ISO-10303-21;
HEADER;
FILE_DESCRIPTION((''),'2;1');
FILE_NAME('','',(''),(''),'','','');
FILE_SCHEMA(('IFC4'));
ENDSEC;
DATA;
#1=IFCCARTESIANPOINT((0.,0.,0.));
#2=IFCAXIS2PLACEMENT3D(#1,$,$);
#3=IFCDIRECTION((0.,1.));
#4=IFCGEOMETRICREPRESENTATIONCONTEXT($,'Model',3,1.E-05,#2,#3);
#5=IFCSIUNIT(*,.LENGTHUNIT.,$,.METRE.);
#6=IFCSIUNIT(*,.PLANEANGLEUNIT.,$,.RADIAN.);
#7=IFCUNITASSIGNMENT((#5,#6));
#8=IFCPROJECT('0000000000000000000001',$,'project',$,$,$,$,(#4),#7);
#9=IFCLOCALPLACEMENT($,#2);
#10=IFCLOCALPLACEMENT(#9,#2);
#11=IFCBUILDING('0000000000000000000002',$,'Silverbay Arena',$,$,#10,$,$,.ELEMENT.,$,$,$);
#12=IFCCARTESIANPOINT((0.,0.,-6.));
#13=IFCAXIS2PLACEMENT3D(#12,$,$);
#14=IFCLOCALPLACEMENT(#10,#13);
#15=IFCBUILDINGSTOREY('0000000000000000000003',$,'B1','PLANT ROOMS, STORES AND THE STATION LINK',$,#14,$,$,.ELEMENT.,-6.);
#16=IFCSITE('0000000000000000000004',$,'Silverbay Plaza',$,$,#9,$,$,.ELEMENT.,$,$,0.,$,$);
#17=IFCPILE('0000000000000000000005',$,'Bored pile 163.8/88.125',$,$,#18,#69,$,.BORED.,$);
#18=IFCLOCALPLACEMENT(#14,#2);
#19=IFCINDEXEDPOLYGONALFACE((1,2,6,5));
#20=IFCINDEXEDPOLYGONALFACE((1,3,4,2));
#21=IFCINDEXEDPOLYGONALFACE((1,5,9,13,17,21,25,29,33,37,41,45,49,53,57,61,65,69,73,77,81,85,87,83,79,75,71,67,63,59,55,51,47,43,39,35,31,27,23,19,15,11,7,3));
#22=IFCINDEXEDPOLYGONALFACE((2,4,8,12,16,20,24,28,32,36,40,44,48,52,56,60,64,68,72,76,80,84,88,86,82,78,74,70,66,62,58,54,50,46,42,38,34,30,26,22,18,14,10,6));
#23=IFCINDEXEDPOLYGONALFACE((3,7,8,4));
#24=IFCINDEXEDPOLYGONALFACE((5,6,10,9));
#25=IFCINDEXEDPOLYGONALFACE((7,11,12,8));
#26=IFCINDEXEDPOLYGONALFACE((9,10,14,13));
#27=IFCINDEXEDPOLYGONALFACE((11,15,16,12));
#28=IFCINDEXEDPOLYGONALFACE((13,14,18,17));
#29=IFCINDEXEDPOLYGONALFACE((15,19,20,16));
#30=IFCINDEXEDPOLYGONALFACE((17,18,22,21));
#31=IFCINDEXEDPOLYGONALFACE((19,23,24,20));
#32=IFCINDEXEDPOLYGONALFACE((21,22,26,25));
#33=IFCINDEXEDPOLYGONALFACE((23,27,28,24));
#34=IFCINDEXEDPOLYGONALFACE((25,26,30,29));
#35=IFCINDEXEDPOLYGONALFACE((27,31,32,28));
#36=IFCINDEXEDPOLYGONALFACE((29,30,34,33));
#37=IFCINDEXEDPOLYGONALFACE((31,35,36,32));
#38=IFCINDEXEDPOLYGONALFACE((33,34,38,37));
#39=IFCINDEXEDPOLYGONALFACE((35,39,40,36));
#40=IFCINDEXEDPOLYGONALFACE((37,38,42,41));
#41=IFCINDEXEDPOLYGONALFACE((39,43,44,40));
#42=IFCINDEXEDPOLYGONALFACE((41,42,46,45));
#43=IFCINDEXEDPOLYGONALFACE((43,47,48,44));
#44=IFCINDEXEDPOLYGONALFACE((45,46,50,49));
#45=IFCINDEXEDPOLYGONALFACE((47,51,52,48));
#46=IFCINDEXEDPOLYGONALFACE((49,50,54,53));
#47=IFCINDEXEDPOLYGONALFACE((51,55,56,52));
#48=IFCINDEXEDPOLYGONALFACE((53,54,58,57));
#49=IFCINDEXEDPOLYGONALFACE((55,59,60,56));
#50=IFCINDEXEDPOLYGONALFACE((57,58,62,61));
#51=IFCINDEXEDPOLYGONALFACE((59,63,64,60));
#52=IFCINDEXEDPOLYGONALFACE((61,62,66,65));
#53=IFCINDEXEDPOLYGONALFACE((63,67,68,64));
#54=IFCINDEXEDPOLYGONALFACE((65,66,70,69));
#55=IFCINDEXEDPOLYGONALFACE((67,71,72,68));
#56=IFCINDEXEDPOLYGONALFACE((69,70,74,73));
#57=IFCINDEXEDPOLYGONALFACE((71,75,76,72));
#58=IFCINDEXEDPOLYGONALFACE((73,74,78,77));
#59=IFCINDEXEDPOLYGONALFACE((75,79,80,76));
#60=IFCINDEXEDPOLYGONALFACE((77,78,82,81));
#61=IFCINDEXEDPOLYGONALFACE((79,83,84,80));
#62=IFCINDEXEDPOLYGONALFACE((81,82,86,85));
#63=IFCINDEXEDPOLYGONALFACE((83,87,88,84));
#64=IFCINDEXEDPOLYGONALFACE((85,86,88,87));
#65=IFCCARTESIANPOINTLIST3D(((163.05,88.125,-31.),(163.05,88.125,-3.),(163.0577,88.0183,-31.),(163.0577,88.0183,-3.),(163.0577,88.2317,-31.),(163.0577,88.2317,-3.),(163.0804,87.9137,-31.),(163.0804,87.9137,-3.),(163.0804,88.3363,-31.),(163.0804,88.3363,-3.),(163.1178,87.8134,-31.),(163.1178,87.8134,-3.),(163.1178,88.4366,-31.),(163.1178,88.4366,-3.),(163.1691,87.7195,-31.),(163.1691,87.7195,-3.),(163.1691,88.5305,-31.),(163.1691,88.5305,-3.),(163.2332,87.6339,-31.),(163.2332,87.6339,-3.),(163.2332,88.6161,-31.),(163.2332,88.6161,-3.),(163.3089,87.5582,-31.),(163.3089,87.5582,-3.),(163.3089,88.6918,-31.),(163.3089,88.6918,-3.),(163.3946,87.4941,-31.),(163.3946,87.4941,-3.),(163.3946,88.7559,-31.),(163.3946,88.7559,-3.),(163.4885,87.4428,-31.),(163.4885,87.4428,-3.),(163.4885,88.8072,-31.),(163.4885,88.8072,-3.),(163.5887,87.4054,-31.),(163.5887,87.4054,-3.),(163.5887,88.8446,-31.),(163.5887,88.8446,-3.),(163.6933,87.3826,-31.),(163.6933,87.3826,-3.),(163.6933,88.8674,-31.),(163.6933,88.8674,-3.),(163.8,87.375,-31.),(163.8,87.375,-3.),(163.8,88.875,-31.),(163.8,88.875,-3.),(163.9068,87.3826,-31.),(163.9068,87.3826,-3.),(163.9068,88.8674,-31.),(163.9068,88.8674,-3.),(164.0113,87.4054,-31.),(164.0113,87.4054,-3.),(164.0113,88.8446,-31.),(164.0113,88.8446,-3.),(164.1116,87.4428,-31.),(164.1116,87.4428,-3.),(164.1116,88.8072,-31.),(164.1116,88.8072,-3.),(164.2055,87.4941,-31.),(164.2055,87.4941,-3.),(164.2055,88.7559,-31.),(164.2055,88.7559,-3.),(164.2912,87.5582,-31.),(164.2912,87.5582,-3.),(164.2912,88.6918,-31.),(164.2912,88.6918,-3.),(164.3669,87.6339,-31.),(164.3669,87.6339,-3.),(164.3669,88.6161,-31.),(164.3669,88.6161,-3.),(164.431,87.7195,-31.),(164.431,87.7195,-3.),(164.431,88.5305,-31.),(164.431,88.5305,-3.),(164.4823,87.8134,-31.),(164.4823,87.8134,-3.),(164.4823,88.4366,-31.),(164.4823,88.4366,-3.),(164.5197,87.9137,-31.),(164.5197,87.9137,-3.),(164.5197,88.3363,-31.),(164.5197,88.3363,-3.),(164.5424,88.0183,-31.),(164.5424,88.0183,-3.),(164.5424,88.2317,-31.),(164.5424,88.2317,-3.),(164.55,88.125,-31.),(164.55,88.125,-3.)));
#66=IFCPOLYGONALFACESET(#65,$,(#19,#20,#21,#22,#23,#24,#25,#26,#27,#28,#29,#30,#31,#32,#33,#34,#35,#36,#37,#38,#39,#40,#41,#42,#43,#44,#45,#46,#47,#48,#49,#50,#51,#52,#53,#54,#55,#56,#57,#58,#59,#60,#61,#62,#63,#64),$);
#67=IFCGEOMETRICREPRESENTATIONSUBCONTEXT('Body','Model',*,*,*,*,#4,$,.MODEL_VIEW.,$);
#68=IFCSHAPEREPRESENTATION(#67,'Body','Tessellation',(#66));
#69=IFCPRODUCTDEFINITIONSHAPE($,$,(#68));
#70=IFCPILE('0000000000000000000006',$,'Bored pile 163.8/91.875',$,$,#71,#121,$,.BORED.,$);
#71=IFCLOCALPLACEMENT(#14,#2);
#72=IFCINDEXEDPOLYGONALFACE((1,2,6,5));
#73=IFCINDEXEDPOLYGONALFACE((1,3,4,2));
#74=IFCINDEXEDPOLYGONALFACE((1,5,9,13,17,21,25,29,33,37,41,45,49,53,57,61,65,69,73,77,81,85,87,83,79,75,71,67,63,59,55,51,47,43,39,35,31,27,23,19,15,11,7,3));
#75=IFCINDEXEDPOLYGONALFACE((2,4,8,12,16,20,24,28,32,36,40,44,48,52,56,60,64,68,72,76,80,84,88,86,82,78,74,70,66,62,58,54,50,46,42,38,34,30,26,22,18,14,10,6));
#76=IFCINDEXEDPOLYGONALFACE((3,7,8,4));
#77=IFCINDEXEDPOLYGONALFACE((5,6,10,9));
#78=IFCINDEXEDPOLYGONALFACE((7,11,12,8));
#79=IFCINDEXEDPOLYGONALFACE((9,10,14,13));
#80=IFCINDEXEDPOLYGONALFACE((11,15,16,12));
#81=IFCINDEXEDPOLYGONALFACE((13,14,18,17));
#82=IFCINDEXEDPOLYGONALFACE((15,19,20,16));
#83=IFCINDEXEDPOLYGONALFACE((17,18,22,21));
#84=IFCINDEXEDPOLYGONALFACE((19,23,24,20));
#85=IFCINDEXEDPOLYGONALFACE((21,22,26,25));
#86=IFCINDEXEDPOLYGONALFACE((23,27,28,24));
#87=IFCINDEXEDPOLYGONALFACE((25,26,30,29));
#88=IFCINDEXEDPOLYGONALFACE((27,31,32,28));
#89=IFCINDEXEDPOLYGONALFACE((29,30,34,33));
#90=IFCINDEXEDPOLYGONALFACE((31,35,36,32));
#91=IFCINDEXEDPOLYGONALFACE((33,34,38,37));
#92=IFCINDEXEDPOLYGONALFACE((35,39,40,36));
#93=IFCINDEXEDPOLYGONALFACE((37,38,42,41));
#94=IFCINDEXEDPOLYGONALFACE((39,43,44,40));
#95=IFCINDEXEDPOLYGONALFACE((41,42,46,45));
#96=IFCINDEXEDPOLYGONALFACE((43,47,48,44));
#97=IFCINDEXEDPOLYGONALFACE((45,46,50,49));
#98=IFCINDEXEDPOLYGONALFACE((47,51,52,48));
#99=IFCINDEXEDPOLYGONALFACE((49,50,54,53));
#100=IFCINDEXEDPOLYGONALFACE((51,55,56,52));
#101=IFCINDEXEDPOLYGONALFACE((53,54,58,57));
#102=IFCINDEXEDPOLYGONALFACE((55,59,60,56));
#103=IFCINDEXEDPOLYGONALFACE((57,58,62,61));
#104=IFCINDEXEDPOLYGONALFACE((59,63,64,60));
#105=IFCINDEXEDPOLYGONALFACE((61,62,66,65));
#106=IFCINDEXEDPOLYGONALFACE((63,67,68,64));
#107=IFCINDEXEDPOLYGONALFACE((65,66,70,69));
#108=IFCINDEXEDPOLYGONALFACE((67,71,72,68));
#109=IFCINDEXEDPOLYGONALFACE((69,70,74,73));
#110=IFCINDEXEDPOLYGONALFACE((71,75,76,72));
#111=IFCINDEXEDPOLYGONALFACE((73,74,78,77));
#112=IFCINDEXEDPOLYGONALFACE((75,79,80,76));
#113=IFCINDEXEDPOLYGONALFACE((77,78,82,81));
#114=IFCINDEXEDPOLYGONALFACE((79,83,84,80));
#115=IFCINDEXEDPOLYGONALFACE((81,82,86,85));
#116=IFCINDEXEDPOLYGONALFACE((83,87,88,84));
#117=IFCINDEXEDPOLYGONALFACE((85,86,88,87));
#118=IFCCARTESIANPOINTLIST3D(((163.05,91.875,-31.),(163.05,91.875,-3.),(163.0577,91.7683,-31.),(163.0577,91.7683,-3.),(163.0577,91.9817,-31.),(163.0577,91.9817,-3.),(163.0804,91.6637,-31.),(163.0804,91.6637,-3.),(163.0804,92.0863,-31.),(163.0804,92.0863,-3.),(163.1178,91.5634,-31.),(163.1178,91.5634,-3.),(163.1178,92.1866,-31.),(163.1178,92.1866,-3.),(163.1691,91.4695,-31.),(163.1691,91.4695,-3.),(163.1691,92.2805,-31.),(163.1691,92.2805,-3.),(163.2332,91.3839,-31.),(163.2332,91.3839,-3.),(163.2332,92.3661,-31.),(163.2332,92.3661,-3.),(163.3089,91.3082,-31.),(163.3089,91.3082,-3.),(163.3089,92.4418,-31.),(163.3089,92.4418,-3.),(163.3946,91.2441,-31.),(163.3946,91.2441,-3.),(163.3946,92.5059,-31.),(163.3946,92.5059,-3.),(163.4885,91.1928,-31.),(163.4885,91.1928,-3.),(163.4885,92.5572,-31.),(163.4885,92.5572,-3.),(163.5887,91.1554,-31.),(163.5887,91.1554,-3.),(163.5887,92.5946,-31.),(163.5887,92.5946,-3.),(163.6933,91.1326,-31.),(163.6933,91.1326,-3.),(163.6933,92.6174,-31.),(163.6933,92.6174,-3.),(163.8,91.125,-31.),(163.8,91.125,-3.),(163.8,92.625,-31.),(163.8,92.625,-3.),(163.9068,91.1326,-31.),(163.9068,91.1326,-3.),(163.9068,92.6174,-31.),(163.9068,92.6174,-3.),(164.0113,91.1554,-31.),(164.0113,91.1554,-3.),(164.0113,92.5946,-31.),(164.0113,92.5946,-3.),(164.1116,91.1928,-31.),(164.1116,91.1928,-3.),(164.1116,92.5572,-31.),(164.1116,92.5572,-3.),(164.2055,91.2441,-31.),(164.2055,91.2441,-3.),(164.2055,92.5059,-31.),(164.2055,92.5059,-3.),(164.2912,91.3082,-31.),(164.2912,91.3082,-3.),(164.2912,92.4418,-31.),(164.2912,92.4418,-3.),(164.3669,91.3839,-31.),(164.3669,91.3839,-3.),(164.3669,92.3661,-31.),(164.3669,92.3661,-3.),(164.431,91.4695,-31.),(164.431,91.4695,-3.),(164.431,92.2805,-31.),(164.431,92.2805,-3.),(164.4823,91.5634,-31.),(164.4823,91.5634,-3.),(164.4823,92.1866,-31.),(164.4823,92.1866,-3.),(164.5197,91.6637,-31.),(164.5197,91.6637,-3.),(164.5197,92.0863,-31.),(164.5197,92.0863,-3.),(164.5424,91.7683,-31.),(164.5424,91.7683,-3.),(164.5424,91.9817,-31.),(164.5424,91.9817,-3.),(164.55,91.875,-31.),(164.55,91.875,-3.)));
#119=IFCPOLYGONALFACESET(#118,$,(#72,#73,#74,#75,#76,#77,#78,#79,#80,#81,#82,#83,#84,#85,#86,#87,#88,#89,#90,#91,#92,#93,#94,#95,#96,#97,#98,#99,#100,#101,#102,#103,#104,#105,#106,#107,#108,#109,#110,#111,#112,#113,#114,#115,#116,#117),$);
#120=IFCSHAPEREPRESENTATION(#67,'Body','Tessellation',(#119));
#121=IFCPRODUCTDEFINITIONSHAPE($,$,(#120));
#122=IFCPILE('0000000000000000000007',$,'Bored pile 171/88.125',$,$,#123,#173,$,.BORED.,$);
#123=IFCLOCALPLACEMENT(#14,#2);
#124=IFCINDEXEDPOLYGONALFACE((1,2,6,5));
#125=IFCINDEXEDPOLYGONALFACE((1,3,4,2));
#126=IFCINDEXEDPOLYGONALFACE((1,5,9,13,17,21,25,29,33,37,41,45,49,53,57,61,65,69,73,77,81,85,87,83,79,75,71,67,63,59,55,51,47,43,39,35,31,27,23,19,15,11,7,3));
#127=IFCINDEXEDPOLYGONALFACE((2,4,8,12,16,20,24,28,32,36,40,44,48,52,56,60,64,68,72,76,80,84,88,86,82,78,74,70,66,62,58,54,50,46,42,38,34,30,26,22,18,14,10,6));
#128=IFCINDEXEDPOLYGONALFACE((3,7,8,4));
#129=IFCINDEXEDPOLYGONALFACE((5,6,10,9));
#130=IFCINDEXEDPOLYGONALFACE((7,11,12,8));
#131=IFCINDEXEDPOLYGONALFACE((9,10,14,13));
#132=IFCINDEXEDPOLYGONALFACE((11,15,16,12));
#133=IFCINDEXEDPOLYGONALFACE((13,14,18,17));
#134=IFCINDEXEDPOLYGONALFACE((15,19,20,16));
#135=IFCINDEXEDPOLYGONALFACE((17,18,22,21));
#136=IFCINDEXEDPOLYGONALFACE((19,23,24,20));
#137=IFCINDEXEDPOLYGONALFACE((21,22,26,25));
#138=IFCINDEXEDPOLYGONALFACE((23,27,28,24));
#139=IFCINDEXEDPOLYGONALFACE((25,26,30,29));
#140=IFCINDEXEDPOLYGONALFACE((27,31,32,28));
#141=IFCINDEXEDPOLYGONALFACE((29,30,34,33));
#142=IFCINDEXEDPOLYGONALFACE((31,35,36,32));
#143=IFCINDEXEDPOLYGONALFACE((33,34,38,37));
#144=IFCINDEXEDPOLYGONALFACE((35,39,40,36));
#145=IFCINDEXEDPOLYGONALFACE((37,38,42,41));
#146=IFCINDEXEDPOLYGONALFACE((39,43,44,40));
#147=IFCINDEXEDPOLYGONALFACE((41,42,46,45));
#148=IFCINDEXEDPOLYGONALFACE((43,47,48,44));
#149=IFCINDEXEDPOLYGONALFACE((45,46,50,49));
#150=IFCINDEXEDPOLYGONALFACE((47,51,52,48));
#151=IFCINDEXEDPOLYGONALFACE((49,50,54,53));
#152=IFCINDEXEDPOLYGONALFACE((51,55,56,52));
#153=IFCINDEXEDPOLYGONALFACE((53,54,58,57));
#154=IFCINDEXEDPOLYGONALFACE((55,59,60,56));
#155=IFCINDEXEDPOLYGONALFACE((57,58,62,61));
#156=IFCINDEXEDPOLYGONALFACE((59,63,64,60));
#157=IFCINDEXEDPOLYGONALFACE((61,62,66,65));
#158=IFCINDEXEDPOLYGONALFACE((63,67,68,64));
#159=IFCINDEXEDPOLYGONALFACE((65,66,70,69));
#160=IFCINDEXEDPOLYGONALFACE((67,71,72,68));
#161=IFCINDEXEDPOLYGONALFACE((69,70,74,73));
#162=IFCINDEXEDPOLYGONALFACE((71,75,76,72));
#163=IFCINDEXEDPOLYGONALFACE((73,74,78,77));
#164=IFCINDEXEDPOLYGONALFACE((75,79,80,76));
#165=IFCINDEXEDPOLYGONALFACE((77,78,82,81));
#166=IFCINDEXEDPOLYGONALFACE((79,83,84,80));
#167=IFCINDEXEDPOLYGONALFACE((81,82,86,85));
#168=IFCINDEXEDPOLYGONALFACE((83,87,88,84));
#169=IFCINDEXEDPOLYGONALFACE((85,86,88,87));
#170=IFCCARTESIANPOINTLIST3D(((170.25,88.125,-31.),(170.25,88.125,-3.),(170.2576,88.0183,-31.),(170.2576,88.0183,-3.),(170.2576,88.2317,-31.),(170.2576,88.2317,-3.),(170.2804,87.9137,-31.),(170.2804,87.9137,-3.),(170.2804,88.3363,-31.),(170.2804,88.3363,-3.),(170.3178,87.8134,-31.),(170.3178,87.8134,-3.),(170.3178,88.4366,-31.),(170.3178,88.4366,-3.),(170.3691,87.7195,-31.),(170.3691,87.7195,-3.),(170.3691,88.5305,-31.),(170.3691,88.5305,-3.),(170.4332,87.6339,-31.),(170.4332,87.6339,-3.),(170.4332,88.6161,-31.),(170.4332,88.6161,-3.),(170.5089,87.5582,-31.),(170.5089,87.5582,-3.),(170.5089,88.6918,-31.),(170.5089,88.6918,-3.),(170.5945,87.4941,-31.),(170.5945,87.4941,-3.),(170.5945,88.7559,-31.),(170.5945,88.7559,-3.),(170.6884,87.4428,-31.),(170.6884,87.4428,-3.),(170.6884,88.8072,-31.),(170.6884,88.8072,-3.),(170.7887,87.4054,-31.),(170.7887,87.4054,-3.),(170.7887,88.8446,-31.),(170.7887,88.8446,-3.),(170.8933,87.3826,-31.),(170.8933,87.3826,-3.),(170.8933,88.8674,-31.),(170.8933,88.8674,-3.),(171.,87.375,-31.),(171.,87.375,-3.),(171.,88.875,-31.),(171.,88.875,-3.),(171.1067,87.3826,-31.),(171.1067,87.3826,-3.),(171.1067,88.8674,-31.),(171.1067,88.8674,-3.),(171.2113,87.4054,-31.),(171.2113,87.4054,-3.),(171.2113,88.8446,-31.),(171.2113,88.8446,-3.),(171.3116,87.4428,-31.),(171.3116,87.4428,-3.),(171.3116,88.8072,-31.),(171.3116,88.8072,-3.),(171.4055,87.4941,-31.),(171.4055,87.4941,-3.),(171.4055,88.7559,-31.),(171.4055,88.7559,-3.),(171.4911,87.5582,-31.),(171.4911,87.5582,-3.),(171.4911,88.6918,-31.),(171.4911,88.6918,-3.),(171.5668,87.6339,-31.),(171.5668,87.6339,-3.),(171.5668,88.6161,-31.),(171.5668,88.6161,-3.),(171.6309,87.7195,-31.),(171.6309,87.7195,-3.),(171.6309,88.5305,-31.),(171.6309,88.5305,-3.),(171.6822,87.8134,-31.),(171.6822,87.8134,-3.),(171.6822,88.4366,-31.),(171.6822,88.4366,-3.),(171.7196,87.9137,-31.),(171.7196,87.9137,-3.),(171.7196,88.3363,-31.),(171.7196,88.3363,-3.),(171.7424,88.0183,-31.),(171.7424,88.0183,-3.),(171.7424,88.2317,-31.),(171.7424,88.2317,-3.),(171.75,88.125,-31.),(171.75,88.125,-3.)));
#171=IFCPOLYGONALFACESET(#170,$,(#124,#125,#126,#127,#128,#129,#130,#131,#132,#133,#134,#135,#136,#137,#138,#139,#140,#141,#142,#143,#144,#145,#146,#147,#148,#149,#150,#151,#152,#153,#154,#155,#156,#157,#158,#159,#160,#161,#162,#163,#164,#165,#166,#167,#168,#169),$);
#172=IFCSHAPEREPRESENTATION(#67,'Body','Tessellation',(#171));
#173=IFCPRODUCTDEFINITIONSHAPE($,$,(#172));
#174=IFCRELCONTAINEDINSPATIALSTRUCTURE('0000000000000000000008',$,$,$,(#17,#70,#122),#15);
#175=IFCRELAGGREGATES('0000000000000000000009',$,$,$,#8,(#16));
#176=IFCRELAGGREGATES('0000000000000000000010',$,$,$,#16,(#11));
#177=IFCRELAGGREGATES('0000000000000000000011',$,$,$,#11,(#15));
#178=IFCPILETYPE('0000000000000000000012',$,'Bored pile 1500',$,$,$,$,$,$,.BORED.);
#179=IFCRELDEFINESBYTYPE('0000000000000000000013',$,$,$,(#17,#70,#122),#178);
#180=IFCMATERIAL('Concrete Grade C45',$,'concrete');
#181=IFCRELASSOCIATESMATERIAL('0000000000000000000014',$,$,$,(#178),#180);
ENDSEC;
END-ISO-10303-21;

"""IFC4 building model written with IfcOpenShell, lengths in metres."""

from ifc_helpers import new_model, si_unit, direction, frame, origin, origin_2d, place, context, subcontext, project, spatial, circle, extrude, material, material_profile, profile_set, type_object, element, save


model = new_model("IFC4")

# Units and contexts
model_context = context("Model", 3, precision=1e-05, world=origin(), true_north=direction((0.0, 1.0)))
body_context = subcontext(model_context, "Body", "Model", "MODEL_VIEW")
ifc_project = project(units=[si_unit("LENGTHUNIT", "METRE"), si_unit("PLANEANGLEUNIT", "RADIAN")], contexts=[model_context])

# Site, building, storey
site_placement = place(None, origin())
site = spatial("IfcSite", under=ifc_project, at=site_placement, Name="Silverbay Plaza", CompositionType="ELEMENT", RefElevation=0.0)
building_placement = place(site_placement, origin())
building = spatial("IfcBuilding", under=site, at=building_placement, Name="Silverbay Arena", CompositionType="ELEMENT")
storey_placement = place(building_placement, frame((0.0, 0.0, -6.0)))
storey = spatial("IfcBuildingStorey", under=building, at=storey_placement, Name="B1", Description="PLANT ROOMS, STORES AND THE STATION LINK", CompositionType="ELEMENT", Elevation=-6.0)

# Piles
ifc_material_1 = material(Name="Concrete Grade C45", Category="concrete")
ifc_material_profile_1 = material_profile(ifc_material_1, circle(Radius=0.75, at=origin_2d()), Name="Bored pile 1500")
ifc_profile_set_1 = profile_set([ifc_material_profile_1], Name="Concrete Grade C45")
pile_type = type_object("IfcPileType", Name="Bored pile 1500", PredefinedType="BORED", material=ifc_profile_set_1)
for number, where, z_axis, x_axis, name in (
    (1, (163.8, 88.125, -3.0), (0.0, 0.0, -1.0), (1.0, 0.0, 0.0), "Bored pile 163.8/88.125"),
    (2, (163.8, 91.875, -3.0), (0.0, 0.0, -1.0), (1.0, 0.0, 0.0), "Bored pile 163.8/91.875"),
    (3, (171.0, 88.125, -3.0), (0.0, 0.0, -1.0), (1.0, 0.0, 0.0), "Bored pile 171/88.125"),
):
    element("IfcPile", number, at=place(storey_placement, frame(where, z_axis=z_axis, x_axis=x_axis)), inside=storey, type_object=pile_type, Name=name, PredefinedType="BORED", context=body_context, shape_type="SweptSolid", body=[
        extrude(circle(Radius=0.75, at=origin_2d()), origin(), (0.0, 0.0, 1.0), 28.0),
    ])

save(model, "model.ifc")
